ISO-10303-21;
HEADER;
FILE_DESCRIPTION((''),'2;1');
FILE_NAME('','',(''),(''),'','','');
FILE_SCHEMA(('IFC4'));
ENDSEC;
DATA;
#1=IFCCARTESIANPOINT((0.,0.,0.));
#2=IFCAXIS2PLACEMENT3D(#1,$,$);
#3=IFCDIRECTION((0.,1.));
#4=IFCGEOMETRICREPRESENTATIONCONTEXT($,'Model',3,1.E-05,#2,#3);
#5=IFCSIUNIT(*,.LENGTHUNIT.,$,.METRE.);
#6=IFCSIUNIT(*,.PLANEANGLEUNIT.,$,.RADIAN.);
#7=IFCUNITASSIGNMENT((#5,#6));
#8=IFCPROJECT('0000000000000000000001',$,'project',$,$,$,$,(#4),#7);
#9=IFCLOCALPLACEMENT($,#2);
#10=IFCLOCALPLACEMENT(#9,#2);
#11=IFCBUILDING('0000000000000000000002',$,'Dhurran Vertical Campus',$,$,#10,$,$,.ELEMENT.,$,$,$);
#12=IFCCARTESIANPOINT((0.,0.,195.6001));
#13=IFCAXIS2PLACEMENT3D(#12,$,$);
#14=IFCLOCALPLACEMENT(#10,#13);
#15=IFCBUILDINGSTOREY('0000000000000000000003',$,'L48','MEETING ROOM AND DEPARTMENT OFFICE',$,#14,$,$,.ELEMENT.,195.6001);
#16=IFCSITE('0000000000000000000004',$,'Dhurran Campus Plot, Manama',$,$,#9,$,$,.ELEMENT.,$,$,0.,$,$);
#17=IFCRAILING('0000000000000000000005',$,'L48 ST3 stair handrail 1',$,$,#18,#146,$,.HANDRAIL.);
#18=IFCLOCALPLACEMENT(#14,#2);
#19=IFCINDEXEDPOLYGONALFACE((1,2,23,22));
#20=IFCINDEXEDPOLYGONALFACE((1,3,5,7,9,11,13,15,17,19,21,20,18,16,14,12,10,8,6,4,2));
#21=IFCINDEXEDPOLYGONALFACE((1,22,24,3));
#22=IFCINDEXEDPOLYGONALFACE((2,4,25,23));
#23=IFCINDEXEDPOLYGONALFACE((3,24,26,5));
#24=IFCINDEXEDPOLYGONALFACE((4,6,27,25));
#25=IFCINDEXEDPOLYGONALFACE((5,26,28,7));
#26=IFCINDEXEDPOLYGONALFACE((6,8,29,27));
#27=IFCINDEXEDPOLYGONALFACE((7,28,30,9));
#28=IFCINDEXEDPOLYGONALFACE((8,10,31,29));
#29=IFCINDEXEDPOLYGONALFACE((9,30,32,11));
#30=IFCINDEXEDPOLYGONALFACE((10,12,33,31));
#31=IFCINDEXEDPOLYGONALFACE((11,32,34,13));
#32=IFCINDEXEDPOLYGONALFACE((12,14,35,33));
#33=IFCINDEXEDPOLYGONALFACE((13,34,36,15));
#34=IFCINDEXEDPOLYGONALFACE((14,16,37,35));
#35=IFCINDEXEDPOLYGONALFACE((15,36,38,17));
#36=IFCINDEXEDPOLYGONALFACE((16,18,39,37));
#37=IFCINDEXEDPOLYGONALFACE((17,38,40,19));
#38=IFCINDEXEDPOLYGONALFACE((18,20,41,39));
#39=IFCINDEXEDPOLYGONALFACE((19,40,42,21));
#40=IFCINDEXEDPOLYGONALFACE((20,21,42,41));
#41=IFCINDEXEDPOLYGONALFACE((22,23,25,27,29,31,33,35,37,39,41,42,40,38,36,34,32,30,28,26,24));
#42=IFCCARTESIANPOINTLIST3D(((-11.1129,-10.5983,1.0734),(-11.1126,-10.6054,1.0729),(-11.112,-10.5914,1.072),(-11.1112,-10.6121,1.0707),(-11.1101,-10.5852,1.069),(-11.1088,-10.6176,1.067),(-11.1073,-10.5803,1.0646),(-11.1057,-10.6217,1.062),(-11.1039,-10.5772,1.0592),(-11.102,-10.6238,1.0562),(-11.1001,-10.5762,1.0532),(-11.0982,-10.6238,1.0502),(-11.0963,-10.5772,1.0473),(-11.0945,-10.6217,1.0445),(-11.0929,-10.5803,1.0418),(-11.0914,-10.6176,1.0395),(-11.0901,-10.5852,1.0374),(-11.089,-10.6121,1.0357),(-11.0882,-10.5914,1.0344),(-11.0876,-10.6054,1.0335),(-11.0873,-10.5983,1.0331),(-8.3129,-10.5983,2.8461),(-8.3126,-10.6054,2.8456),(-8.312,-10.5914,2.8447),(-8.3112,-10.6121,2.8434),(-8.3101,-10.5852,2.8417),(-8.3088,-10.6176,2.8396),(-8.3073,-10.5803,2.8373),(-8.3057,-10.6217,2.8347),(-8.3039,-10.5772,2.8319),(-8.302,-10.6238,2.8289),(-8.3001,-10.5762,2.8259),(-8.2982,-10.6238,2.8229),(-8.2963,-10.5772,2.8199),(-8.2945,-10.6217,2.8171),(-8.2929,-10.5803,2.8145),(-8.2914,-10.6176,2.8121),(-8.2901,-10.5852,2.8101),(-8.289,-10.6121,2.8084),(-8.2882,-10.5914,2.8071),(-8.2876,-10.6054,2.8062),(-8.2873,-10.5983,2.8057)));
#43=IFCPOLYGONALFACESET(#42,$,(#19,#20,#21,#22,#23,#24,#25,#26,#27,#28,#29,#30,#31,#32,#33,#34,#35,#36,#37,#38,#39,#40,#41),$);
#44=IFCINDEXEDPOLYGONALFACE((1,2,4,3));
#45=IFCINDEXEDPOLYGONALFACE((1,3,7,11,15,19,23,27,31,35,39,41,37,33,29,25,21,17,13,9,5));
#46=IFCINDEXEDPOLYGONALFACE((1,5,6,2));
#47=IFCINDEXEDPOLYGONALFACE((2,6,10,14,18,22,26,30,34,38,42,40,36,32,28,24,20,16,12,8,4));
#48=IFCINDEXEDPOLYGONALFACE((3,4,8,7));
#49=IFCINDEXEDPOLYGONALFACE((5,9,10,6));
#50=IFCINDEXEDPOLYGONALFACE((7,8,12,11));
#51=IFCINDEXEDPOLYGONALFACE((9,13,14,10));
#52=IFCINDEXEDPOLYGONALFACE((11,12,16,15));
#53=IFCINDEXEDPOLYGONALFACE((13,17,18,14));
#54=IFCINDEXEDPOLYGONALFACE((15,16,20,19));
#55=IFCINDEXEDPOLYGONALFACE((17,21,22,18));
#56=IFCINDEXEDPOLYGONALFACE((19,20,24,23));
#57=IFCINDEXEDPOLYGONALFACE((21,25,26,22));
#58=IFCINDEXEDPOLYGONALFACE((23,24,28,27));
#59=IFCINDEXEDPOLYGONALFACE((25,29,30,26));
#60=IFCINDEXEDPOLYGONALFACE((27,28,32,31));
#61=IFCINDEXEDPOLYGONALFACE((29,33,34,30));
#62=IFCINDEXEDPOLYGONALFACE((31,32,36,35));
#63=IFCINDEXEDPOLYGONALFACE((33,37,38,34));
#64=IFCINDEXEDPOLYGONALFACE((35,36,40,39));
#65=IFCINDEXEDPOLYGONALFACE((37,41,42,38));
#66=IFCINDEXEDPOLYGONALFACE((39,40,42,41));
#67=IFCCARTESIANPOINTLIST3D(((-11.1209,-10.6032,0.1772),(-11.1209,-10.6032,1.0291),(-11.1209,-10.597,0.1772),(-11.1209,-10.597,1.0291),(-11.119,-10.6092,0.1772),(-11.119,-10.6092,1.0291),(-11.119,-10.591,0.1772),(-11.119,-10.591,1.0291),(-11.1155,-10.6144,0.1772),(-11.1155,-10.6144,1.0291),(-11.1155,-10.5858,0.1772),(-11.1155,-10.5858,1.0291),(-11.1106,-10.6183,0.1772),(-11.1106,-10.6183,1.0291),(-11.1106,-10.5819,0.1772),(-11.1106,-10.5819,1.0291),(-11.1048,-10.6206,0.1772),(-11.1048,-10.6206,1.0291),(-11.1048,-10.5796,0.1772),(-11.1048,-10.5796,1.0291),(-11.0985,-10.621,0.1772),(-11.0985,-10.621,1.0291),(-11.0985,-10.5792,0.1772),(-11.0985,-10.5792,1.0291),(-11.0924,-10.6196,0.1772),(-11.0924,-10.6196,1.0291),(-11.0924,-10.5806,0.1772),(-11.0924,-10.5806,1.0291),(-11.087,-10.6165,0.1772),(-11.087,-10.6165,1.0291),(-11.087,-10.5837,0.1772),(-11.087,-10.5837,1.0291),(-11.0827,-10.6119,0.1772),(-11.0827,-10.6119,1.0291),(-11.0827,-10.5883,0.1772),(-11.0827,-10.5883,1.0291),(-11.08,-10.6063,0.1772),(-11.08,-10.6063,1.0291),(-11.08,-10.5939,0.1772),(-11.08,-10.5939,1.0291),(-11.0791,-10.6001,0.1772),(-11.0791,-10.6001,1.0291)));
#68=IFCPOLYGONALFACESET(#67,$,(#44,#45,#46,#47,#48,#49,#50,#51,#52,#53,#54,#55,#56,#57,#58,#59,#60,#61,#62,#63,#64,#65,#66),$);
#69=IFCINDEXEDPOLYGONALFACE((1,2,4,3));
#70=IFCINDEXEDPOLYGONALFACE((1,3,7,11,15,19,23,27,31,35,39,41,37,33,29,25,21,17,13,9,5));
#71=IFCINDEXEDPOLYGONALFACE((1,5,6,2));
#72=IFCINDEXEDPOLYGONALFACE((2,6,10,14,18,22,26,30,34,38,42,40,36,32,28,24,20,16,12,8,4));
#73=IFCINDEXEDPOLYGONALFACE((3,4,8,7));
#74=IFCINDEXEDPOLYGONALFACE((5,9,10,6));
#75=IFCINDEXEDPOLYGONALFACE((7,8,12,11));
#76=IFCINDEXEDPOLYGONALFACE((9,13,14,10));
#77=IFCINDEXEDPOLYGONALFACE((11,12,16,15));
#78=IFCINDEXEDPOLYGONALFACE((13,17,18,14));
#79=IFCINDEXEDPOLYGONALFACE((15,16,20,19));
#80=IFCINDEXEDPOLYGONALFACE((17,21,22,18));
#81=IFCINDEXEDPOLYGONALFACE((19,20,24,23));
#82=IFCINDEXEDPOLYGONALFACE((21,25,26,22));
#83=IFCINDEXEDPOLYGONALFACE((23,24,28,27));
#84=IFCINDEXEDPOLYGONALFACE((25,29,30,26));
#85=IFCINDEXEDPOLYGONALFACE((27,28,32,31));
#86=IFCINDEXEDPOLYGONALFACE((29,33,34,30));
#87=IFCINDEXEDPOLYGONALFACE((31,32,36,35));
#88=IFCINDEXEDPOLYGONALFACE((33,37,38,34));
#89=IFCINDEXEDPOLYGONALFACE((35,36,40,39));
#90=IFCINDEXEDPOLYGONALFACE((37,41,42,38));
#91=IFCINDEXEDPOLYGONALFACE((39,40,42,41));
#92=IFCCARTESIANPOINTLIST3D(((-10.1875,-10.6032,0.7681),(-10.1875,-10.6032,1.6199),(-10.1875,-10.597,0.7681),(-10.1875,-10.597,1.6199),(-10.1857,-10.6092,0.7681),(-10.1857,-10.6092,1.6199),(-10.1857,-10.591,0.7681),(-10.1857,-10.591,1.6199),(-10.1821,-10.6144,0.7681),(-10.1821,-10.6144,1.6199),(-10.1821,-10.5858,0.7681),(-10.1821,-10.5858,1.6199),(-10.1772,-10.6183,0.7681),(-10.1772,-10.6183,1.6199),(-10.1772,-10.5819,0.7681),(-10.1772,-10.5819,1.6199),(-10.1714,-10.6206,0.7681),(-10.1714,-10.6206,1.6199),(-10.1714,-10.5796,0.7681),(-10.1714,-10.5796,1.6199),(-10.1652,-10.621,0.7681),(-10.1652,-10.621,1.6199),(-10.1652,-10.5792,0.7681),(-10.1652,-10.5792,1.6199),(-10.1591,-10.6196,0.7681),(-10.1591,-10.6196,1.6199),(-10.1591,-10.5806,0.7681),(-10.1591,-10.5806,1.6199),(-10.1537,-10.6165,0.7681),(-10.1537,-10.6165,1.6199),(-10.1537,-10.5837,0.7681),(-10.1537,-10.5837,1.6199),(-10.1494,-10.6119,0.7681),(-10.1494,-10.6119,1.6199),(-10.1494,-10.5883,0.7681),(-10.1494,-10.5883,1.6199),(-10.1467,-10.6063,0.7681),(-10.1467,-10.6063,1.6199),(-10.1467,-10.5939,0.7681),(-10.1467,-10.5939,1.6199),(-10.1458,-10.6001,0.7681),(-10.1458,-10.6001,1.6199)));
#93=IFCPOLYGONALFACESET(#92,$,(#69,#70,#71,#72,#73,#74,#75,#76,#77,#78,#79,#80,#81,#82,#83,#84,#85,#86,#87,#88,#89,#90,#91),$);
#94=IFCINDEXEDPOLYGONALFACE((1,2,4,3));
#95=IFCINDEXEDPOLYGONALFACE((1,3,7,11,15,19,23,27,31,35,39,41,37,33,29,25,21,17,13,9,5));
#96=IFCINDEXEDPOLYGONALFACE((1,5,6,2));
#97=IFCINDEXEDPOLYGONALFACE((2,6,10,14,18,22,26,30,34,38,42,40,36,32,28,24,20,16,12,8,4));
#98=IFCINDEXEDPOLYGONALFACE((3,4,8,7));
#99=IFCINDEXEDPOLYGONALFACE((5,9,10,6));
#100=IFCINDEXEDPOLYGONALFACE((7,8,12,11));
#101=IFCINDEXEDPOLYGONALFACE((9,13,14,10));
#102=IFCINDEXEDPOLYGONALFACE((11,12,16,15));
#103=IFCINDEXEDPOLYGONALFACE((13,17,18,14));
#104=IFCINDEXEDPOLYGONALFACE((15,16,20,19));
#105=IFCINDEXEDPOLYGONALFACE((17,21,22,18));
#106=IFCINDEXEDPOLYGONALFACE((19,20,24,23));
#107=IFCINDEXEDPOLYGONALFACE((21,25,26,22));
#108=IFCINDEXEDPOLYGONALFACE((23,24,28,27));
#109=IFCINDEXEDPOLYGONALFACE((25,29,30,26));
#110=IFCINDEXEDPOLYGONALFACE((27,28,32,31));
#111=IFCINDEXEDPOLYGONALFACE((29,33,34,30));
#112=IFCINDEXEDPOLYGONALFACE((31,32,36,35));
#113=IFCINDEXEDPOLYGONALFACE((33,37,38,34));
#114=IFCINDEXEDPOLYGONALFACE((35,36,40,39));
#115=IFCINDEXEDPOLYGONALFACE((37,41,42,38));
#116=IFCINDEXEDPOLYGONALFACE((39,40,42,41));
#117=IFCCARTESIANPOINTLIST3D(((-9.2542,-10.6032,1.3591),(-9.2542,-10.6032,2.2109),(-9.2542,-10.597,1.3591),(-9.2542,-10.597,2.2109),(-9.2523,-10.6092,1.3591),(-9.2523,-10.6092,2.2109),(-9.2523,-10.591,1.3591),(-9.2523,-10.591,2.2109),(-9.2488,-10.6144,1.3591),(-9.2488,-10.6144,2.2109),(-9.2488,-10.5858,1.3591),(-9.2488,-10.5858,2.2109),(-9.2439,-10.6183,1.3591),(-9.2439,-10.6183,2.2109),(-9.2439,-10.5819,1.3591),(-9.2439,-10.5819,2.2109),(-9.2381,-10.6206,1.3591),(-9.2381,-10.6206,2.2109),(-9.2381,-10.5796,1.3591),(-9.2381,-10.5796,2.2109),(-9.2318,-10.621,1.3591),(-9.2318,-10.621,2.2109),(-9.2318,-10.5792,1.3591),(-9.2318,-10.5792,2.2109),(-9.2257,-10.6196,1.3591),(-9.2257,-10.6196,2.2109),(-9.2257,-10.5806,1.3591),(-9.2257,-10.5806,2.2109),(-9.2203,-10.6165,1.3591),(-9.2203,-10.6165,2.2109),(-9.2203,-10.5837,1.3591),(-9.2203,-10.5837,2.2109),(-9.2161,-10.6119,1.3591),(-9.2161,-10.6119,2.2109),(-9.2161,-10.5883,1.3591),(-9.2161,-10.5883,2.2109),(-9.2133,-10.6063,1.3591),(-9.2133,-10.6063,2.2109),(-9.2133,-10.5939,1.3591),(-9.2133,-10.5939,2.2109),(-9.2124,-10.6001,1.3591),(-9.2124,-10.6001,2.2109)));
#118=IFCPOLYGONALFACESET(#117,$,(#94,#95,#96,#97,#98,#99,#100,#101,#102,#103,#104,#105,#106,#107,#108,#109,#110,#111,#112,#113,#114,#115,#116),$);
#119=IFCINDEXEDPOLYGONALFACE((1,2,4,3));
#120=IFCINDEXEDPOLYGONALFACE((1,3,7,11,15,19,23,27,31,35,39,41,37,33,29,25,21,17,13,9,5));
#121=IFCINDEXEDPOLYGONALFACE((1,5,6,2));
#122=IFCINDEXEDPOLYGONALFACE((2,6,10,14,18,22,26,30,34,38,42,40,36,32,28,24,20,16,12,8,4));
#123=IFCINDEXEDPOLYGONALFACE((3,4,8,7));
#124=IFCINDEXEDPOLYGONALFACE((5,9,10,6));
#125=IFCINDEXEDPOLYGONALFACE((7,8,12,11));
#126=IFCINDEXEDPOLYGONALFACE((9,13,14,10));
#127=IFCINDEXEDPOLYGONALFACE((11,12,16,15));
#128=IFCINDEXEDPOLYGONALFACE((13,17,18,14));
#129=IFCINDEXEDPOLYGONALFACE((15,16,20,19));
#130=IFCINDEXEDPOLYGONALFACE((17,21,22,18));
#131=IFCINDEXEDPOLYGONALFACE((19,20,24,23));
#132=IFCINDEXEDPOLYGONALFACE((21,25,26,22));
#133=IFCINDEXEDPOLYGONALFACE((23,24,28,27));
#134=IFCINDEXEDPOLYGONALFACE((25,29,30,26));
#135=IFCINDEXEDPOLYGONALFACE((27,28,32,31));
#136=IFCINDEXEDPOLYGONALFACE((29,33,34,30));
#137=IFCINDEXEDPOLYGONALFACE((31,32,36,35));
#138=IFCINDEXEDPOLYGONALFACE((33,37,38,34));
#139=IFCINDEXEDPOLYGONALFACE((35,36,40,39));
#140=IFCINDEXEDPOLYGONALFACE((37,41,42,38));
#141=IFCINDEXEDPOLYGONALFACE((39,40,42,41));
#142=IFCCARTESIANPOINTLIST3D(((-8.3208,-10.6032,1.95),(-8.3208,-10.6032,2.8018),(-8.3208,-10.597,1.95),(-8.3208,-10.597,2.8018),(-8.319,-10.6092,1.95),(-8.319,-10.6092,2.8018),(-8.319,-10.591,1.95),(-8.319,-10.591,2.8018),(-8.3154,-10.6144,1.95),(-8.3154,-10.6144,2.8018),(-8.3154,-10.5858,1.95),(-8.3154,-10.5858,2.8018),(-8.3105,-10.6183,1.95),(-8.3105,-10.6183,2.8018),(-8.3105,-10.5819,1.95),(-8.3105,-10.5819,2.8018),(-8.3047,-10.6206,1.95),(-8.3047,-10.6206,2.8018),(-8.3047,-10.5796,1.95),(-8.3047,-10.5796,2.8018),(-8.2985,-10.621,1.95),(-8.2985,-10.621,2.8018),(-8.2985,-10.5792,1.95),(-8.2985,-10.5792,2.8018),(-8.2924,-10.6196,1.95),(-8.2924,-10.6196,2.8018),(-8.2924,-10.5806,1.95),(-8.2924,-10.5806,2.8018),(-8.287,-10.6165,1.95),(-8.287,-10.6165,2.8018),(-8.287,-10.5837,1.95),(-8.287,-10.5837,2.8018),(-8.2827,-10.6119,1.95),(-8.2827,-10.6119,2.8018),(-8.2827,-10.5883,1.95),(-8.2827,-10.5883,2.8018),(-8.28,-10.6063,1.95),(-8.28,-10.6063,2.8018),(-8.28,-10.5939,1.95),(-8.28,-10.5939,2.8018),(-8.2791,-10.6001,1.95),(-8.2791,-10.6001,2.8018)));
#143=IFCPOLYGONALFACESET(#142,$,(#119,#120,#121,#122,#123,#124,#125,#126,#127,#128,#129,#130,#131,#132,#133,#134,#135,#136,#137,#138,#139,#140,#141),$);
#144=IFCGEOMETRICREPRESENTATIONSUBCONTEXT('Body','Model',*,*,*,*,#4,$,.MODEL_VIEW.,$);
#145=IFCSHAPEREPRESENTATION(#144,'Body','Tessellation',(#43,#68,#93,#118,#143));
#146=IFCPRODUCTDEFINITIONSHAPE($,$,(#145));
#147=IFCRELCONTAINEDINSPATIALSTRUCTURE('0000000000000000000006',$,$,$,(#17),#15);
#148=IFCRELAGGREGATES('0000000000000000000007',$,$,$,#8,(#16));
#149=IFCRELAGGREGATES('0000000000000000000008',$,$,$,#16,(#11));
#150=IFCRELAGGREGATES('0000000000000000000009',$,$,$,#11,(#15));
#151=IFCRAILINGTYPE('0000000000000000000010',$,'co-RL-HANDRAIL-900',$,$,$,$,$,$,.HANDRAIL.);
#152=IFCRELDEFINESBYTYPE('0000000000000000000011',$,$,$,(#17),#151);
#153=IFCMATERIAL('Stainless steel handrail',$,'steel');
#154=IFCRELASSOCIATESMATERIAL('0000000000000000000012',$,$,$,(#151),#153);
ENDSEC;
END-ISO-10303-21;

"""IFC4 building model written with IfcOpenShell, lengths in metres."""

from ifc_helpers import new_model, si_unit, direction, frame, origin, origin_2d, place, context, subcontext, project, spatial, circle, extrude, material, type_object, element, save


model = new_model("IFC4")

# Units and contexts
model_context = context("Model", 3, precision=1e-05, world=origin(), true_north=direction((0.0, 1.0)))
body_context = subcontext(model_context, "Body", "Model", "MODEL_VIEW")
ifc_project = project(units=[si_unit("LENGTHUNIT", "METRE"), si_unit("PLANEANGLEUNIT", "RADIAN")], contexts=[model_context])

# Site, building, storey
site_placement = place(None, origin())
site = spatial("IfcSite", under=ifc_project, at=site_placement, Name="Dhurran Campus Plot, Manama", CompositionType="ELEMENT", RefElevation=0.0)
building_placement = place(site_placement, origin())
building = spatial("IfcBuilding", under=site, at=building_placement, Name="Dhurran Vertical Campus", CompositionType="ELEMENT")
storey_placement = place(building_placement, frame((0.0, 0.0, 195.6001)))
storey = spatial("IfcBuildingStorey", under=building, at=storey_placement, Name="L48", Description="MEETING ROOM AND DEPARTMENT OFFICE", CompositionType="ELEMENT", Elevation=195.6001)

# Railing
ifc_material_1 = material(Name="Stainless steel handrail", Category="steel")
railing_type_1 = type_object("IfcRailingType", Name="co-RL-HANDRAIL-900", PredefinedType="HANDRAIL", material=ifc_material_1)
railing_1_placement = place(storey_placement, frame((-11.1001, -10.6001, 0.1772)))
element("IfcRailing", 1, at=railing_1_placement, inside=storey, type_object=railing_type_1, Name="L48 ST3 stair handrail 1", PredefinedType="HANDRAIL", context=body_context, shape_type="SweptSolid", body=[
    extrude(circle(Radius=0.0239, at=origin_2d()), frame((0.0, 0.0, 0.876), z_axis=(0.844909, 0.0, 0.53491), x_axis=(0.0, 1.0, 0.0)), (0.0, 0.0, 1.0), 3.314),
    extrude(circle(Radius=0.021, at=origin_2d()), origin(), (0.0, 0.0, 1.0), 0.8518),
    extrude(circle(Radius=0.021, at=origin_2d()), frame((0.9333, 0.0, 0.5908)), (0.0, 0.0, 1.0), 0.8518),
    extrude(circle(Radius=0.021, at=origin_2d()), frame((1.8667, 0.0, 1.1819)), (0.0, 0.0, 1.0), 0.8518),
    extrude(circle(Radius=0.021, at=origin_2d()), frame((2.8, 0.0, 1.7727)), (0.0, 0.0, 1.0), 0.8518),
])

save(model, "model.ifc")
